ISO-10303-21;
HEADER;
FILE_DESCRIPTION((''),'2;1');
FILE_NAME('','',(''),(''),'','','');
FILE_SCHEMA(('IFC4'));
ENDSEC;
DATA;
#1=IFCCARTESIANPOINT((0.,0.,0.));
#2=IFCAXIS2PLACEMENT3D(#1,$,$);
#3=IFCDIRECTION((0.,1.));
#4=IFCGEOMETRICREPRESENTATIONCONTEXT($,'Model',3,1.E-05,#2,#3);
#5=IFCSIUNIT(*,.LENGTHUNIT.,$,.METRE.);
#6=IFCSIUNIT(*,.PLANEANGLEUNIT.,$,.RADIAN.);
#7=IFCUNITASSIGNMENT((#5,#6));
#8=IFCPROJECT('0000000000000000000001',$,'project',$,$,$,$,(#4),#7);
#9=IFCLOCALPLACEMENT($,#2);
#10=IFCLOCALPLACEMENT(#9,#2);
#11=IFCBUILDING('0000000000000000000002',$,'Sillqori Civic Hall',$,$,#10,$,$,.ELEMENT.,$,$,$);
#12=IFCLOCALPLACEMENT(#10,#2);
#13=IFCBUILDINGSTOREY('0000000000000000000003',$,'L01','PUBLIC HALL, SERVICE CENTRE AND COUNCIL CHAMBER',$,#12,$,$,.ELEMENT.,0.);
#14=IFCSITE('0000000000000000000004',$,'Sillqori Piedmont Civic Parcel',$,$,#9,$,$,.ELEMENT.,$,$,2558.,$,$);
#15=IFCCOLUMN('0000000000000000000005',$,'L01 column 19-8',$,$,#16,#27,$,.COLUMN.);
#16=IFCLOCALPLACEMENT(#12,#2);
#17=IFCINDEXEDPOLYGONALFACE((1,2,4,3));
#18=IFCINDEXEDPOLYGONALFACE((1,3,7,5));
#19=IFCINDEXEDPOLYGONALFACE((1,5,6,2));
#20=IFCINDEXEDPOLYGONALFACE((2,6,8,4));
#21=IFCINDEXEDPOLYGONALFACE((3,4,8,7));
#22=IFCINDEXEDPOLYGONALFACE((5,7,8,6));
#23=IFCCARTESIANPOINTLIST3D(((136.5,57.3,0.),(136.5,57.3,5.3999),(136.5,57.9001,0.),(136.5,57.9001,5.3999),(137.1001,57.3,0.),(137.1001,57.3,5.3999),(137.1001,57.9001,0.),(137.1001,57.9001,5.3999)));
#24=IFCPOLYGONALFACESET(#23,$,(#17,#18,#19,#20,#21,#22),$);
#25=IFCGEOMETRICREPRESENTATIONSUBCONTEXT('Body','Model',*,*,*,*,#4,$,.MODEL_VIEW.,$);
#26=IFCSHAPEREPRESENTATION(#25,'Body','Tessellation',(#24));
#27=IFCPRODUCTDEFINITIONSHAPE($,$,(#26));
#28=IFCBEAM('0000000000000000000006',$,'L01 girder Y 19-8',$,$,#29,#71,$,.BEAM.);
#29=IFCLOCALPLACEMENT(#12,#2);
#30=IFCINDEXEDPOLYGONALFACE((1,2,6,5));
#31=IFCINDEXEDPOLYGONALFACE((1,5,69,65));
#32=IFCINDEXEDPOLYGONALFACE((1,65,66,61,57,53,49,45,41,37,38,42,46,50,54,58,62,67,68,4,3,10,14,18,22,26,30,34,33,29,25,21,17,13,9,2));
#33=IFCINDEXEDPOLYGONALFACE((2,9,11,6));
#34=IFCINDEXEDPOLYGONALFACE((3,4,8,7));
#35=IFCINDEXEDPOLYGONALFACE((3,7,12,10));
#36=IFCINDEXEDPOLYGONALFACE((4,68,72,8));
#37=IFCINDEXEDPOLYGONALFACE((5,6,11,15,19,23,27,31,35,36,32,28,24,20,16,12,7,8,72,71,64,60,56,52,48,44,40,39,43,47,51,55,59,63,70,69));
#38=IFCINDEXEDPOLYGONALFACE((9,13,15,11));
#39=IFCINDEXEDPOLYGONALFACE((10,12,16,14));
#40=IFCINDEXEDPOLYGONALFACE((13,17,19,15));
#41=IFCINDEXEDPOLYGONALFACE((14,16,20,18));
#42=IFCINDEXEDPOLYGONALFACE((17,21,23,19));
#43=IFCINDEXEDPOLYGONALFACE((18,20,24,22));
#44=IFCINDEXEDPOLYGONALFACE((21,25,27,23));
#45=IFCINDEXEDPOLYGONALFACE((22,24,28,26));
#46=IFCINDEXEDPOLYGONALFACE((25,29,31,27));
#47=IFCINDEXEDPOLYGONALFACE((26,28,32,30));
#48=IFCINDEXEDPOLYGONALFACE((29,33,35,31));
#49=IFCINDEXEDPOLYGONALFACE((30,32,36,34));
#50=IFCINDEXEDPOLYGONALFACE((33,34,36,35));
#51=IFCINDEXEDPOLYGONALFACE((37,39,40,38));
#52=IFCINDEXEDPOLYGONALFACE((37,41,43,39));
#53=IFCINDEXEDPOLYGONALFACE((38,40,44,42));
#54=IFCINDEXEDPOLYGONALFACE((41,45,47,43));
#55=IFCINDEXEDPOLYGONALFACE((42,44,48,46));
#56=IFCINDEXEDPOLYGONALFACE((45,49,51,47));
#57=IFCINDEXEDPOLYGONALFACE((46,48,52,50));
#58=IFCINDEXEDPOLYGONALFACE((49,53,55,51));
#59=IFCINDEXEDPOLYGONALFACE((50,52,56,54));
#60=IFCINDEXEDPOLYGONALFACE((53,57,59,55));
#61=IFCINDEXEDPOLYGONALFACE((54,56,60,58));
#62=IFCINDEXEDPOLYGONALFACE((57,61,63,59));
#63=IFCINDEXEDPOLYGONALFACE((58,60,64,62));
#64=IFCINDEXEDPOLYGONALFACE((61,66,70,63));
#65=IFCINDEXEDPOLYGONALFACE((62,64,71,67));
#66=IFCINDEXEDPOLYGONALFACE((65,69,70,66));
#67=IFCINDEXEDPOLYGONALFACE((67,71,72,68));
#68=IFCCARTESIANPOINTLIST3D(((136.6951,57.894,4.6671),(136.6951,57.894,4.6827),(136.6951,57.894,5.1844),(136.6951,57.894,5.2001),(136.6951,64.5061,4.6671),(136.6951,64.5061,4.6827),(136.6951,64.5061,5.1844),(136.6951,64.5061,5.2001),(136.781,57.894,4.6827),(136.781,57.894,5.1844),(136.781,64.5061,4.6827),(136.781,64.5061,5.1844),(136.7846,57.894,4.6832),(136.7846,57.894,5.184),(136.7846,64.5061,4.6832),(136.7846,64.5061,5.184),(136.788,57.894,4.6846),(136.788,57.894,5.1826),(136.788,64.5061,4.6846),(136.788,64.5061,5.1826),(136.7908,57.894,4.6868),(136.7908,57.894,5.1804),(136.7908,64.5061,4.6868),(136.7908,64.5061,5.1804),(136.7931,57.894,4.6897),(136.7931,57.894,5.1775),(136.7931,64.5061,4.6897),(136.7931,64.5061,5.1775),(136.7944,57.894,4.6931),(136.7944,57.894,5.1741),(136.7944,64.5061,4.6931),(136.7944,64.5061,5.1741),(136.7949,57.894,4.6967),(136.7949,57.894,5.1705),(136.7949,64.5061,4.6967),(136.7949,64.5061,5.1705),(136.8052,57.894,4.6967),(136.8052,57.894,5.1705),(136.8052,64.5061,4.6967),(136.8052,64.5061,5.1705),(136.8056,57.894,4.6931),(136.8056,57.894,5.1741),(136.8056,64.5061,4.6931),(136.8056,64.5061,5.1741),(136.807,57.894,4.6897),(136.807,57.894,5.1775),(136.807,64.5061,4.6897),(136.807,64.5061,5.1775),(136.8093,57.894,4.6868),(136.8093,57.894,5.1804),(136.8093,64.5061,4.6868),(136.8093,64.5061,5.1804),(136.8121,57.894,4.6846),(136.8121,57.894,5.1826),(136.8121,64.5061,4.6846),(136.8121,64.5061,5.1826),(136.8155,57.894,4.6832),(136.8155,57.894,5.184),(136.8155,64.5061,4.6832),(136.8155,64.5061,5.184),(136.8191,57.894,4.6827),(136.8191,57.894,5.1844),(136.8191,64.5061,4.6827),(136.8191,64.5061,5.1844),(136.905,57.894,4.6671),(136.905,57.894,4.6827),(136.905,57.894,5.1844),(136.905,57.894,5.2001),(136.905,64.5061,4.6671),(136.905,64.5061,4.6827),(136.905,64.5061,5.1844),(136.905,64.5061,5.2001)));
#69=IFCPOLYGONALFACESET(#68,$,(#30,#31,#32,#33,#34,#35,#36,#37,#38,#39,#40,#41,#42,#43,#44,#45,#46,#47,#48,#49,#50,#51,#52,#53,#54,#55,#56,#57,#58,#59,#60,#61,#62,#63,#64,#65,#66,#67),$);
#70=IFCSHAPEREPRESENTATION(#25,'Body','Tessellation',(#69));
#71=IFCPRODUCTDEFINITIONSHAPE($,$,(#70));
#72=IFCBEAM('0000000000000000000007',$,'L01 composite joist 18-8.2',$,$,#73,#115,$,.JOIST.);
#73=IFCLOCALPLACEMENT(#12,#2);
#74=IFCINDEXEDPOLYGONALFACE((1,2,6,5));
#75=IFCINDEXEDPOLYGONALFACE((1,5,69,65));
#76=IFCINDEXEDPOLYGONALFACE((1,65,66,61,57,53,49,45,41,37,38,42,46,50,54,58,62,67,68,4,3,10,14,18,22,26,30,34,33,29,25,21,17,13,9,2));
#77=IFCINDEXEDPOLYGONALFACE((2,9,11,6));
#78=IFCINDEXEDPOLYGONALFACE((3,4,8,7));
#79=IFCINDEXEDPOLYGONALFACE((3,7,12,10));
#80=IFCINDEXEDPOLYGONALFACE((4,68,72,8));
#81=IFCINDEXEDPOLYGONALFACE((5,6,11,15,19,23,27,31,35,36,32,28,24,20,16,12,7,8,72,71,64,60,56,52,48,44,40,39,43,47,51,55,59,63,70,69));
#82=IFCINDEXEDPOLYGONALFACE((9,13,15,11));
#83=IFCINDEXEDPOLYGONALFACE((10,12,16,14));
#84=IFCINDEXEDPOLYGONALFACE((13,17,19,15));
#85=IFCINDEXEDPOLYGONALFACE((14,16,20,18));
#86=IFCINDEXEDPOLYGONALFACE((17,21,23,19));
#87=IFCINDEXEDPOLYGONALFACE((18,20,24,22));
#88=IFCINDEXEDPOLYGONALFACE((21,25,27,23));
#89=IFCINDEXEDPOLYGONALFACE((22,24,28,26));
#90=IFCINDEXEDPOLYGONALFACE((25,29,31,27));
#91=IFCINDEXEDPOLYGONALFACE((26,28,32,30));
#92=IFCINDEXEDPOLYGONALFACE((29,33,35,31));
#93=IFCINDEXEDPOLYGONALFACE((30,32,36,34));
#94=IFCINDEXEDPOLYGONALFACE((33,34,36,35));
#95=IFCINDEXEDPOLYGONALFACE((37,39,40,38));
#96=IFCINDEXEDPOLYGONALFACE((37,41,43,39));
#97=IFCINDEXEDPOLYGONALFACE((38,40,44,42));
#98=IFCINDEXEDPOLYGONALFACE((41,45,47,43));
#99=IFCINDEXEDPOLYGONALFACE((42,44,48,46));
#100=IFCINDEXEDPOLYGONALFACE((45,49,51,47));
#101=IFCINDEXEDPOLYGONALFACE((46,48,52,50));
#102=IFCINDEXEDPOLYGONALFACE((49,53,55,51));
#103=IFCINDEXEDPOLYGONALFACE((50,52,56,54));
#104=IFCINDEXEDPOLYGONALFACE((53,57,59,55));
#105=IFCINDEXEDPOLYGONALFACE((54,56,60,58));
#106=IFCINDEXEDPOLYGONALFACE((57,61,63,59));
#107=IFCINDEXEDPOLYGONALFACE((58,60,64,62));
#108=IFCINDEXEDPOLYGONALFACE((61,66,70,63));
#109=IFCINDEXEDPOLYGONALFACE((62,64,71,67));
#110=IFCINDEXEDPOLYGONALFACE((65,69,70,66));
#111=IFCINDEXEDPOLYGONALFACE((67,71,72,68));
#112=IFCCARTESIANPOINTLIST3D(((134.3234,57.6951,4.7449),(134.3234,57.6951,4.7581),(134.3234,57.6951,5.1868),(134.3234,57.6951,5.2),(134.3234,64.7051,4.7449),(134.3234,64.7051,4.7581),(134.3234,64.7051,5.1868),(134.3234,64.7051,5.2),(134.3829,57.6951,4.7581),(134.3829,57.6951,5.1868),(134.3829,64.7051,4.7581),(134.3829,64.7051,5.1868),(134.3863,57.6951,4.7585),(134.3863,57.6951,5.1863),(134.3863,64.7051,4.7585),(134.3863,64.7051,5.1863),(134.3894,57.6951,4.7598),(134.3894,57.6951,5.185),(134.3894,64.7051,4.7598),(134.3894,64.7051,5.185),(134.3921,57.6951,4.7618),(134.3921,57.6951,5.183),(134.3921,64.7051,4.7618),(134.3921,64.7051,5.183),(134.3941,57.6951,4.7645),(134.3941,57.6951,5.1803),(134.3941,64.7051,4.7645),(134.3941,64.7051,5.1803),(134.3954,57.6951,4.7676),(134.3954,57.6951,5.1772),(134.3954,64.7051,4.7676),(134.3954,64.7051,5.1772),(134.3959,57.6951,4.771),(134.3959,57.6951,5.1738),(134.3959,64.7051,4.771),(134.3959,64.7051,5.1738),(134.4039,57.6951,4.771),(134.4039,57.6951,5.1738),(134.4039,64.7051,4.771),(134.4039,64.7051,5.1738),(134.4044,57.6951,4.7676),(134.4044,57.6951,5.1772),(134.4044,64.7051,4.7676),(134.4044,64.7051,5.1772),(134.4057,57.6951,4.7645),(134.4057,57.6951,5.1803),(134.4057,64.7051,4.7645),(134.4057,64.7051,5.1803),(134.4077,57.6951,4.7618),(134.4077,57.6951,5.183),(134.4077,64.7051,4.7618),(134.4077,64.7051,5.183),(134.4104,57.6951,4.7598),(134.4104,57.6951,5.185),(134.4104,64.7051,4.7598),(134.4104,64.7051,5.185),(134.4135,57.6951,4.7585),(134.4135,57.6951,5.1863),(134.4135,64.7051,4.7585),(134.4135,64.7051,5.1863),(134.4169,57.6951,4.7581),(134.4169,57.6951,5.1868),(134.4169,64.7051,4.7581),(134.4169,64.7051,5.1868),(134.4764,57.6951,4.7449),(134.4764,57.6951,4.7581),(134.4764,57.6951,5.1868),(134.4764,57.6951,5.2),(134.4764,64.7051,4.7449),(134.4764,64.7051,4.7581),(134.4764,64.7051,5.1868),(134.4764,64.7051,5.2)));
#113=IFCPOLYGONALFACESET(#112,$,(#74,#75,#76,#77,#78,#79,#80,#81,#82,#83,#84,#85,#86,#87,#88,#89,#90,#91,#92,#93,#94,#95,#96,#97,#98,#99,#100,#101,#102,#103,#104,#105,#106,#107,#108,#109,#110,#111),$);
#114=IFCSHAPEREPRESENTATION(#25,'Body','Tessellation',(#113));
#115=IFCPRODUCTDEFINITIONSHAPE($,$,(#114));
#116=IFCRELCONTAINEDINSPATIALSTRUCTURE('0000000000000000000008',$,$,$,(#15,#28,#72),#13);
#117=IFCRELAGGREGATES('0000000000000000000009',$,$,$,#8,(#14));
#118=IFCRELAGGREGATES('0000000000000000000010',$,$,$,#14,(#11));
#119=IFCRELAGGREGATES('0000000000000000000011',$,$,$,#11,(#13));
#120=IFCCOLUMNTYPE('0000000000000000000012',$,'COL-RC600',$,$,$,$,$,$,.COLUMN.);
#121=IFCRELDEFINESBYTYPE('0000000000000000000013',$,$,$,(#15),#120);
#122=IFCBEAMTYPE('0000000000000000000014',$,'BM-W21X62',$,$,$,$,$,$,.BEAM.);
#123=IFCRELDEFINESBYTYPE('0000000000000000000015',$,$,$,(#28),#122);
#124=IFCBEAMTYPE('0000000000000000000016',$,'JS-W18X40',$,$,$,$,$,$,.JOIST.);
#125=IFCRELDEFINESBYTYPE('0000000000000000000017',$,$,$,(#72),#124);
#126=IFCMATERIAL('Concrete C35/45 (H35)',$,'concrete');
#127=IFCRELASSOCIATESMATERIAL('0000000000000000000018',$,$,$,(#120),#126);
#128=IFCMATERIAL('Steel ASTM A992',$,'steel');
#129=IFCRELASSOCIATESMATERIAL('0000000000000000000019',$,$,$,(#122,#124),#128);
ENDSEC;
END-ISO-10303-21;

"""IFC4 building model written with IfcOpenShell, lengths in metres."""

from ifc_helpers import new_model, si_unit, direction, frame, origin, origin_2d, place, context, subcontext, project, spatial, rectangle, i_section, extrude, material, material_profile, profile_set, type_object, element, save


model = new_model("IFC4")

# Units and contexts
model_context = context("Model", 3, precision=1e-05, world=origin(), true_north=direction((0.0, 1.0)))
body_context = subcontext(model_context, "Body", "Model", "MODEL_VIEW")
ifc_project = project(units=[si_unit("LENGTHUNIT", "METRE"), si_unit("PLANEANGLEUNIT", "RADIAN")], contexts=[model_context])

# Site, building, storey
site_placement = place(None, origin())
site = spatial("IfcSite", under=ifc_project, at=site_placement, Name="Sillqori Piedmont Civic Parcel", CompositionType="ELEMENT", RefElevation=2558.0)
building_placement = place(site_placement, origin())
building = spatial("IfcBuilding", under=site, at=building_placement, Name="Sillqori Civic Hall", CompositionType="ELEMENT")
storey_placement = place(building_placement, origin())
storey = spatial("IfcBuildingStorey", under=building, at=storey_placement, Name="L01", Description="PUBLIC HALL, SERVICE CENTRE AND COUNCIL CHAMBER", CompositionType="ELEMENT", Elevation=0.0)

# Column
ifc_material_1 = material(Name="Concrete C35/45 (H35)", Category="concrete")
ifc_material_profile_1 = material_profile(ifc_material_1, rectangle(XDim=0.6001, YDim=0.6001, at=origin_2d()), Name="RC 600x600")
ifc_profile_set_1 = profile_set([ifc_material_profile_1], Name="Concrete C35/45 (H35)")
column_type = type_object("IfcColumnType", Name="COL-RC600", PredefinedType="COLUMN", material=ifc_profile_set_1)
column_placement = place(storey_placement, frame((136.8, 57.6001, 0.0), z_axis=(0.0, 0.0, 1.0), x_axis=(1.0, 0.0, 0.0)))
element("IfcColumn", 1, at=column_placement, inside=storey, type_object=column_type, Name="L01 column 19-8", PredefinedType="COLUMN", context=body_context, shape_type="SweptSolid", body=[
    extrude(rectangle(XDim=0.6001, YDim=0.6001, at=origin_2d()), origin(), (0.0, 0.0, 1.0), 5.3999),
])

# Beams
ifc_material_2 = material(Name="Steel ASTM A992", Category="steel")
ifc_material_profile_2 = material_profile(ifc_material_2, i_section(OverallWidth=0.21, OverallDepth=0.533, WebThickness=0.0103, FlangeThickness=0.0156, FilletRadius=0.0139, at=origin_2d()), Name="W21X62")
ifc_profile_set_2 = profile_set([ifc_material_profile_2], Name="Steel ASTM A992")
beam_type_1 = type_object("IfcBeamType", Name="BM-W21X62", PredefinedType="BEAM", material=ifc_profile_set_2)
beam_1_placement = place(storey_placement, frame((136.8, 57.894, 4.9336), z_axis=(0.0, 1.0, 0.0), x_axis=(-1.0, 0.0, 0.0)))
element("IfcBeam", 2, at=beam_1_placement, inside=storey, type_object=beam_type_1, Name="L01 girder Y 19-8", PredefinedType="BEAM", context=body_context, shape_type="SweptSolid", body=[
    extrude(i_section(OverallWidth=0.21, OverallDepth=0.533, WebThickness=0.0103, FlangeThickness=0.0156, FilletRadius=0.0139, at=origin_2d()), origin(), (0.0, 0.0, 1.0), 6.6121),
])
ifc_material_profile_3 = material_profile(ifc_material_2, i_section(OverallWidth=0.1531, OverallDepth=0.4551, WebThickness=0.0081, FlangeThickness=0.0132, FilletRadius=0.0129, at=origin_2d()), Name="W18X40")
ifc_profile_set_3 = profile_set([ifc_material_profile_3], Name="Steel ASTM A992")
beam_type_2 = type_object("IfcBeamType", Name="JS-W18X40", PredefinedType="JOIST", material=ifc_profile_set_3)
beam_2_placement = place(storey_placement, frame((134.3999, 57.6951, 4.9724), z_axis=(0.0, 1.0, 0.0), x_axis=(-1.0, 0.0, 0.0)))
element("IfcBeam", 3, at=beam_2_placement, inside=storey, type_object=beam_type_2, Name="L01 composite joist 18-8.2", PredefinedType="JOIST", context=body_context, shape_type="SweptSolid", body=[
    extrude(i_section(OverallWidth=0.1531, OverallDepth=0.4551, WebThickness=0.0081, FlangeThickness=0.0132, FilletRadius=0.0129, at=origin_2d()), origin(), (0.0, 0.0, 1.0), 7.01),
])

save(model, "model.ifc")
